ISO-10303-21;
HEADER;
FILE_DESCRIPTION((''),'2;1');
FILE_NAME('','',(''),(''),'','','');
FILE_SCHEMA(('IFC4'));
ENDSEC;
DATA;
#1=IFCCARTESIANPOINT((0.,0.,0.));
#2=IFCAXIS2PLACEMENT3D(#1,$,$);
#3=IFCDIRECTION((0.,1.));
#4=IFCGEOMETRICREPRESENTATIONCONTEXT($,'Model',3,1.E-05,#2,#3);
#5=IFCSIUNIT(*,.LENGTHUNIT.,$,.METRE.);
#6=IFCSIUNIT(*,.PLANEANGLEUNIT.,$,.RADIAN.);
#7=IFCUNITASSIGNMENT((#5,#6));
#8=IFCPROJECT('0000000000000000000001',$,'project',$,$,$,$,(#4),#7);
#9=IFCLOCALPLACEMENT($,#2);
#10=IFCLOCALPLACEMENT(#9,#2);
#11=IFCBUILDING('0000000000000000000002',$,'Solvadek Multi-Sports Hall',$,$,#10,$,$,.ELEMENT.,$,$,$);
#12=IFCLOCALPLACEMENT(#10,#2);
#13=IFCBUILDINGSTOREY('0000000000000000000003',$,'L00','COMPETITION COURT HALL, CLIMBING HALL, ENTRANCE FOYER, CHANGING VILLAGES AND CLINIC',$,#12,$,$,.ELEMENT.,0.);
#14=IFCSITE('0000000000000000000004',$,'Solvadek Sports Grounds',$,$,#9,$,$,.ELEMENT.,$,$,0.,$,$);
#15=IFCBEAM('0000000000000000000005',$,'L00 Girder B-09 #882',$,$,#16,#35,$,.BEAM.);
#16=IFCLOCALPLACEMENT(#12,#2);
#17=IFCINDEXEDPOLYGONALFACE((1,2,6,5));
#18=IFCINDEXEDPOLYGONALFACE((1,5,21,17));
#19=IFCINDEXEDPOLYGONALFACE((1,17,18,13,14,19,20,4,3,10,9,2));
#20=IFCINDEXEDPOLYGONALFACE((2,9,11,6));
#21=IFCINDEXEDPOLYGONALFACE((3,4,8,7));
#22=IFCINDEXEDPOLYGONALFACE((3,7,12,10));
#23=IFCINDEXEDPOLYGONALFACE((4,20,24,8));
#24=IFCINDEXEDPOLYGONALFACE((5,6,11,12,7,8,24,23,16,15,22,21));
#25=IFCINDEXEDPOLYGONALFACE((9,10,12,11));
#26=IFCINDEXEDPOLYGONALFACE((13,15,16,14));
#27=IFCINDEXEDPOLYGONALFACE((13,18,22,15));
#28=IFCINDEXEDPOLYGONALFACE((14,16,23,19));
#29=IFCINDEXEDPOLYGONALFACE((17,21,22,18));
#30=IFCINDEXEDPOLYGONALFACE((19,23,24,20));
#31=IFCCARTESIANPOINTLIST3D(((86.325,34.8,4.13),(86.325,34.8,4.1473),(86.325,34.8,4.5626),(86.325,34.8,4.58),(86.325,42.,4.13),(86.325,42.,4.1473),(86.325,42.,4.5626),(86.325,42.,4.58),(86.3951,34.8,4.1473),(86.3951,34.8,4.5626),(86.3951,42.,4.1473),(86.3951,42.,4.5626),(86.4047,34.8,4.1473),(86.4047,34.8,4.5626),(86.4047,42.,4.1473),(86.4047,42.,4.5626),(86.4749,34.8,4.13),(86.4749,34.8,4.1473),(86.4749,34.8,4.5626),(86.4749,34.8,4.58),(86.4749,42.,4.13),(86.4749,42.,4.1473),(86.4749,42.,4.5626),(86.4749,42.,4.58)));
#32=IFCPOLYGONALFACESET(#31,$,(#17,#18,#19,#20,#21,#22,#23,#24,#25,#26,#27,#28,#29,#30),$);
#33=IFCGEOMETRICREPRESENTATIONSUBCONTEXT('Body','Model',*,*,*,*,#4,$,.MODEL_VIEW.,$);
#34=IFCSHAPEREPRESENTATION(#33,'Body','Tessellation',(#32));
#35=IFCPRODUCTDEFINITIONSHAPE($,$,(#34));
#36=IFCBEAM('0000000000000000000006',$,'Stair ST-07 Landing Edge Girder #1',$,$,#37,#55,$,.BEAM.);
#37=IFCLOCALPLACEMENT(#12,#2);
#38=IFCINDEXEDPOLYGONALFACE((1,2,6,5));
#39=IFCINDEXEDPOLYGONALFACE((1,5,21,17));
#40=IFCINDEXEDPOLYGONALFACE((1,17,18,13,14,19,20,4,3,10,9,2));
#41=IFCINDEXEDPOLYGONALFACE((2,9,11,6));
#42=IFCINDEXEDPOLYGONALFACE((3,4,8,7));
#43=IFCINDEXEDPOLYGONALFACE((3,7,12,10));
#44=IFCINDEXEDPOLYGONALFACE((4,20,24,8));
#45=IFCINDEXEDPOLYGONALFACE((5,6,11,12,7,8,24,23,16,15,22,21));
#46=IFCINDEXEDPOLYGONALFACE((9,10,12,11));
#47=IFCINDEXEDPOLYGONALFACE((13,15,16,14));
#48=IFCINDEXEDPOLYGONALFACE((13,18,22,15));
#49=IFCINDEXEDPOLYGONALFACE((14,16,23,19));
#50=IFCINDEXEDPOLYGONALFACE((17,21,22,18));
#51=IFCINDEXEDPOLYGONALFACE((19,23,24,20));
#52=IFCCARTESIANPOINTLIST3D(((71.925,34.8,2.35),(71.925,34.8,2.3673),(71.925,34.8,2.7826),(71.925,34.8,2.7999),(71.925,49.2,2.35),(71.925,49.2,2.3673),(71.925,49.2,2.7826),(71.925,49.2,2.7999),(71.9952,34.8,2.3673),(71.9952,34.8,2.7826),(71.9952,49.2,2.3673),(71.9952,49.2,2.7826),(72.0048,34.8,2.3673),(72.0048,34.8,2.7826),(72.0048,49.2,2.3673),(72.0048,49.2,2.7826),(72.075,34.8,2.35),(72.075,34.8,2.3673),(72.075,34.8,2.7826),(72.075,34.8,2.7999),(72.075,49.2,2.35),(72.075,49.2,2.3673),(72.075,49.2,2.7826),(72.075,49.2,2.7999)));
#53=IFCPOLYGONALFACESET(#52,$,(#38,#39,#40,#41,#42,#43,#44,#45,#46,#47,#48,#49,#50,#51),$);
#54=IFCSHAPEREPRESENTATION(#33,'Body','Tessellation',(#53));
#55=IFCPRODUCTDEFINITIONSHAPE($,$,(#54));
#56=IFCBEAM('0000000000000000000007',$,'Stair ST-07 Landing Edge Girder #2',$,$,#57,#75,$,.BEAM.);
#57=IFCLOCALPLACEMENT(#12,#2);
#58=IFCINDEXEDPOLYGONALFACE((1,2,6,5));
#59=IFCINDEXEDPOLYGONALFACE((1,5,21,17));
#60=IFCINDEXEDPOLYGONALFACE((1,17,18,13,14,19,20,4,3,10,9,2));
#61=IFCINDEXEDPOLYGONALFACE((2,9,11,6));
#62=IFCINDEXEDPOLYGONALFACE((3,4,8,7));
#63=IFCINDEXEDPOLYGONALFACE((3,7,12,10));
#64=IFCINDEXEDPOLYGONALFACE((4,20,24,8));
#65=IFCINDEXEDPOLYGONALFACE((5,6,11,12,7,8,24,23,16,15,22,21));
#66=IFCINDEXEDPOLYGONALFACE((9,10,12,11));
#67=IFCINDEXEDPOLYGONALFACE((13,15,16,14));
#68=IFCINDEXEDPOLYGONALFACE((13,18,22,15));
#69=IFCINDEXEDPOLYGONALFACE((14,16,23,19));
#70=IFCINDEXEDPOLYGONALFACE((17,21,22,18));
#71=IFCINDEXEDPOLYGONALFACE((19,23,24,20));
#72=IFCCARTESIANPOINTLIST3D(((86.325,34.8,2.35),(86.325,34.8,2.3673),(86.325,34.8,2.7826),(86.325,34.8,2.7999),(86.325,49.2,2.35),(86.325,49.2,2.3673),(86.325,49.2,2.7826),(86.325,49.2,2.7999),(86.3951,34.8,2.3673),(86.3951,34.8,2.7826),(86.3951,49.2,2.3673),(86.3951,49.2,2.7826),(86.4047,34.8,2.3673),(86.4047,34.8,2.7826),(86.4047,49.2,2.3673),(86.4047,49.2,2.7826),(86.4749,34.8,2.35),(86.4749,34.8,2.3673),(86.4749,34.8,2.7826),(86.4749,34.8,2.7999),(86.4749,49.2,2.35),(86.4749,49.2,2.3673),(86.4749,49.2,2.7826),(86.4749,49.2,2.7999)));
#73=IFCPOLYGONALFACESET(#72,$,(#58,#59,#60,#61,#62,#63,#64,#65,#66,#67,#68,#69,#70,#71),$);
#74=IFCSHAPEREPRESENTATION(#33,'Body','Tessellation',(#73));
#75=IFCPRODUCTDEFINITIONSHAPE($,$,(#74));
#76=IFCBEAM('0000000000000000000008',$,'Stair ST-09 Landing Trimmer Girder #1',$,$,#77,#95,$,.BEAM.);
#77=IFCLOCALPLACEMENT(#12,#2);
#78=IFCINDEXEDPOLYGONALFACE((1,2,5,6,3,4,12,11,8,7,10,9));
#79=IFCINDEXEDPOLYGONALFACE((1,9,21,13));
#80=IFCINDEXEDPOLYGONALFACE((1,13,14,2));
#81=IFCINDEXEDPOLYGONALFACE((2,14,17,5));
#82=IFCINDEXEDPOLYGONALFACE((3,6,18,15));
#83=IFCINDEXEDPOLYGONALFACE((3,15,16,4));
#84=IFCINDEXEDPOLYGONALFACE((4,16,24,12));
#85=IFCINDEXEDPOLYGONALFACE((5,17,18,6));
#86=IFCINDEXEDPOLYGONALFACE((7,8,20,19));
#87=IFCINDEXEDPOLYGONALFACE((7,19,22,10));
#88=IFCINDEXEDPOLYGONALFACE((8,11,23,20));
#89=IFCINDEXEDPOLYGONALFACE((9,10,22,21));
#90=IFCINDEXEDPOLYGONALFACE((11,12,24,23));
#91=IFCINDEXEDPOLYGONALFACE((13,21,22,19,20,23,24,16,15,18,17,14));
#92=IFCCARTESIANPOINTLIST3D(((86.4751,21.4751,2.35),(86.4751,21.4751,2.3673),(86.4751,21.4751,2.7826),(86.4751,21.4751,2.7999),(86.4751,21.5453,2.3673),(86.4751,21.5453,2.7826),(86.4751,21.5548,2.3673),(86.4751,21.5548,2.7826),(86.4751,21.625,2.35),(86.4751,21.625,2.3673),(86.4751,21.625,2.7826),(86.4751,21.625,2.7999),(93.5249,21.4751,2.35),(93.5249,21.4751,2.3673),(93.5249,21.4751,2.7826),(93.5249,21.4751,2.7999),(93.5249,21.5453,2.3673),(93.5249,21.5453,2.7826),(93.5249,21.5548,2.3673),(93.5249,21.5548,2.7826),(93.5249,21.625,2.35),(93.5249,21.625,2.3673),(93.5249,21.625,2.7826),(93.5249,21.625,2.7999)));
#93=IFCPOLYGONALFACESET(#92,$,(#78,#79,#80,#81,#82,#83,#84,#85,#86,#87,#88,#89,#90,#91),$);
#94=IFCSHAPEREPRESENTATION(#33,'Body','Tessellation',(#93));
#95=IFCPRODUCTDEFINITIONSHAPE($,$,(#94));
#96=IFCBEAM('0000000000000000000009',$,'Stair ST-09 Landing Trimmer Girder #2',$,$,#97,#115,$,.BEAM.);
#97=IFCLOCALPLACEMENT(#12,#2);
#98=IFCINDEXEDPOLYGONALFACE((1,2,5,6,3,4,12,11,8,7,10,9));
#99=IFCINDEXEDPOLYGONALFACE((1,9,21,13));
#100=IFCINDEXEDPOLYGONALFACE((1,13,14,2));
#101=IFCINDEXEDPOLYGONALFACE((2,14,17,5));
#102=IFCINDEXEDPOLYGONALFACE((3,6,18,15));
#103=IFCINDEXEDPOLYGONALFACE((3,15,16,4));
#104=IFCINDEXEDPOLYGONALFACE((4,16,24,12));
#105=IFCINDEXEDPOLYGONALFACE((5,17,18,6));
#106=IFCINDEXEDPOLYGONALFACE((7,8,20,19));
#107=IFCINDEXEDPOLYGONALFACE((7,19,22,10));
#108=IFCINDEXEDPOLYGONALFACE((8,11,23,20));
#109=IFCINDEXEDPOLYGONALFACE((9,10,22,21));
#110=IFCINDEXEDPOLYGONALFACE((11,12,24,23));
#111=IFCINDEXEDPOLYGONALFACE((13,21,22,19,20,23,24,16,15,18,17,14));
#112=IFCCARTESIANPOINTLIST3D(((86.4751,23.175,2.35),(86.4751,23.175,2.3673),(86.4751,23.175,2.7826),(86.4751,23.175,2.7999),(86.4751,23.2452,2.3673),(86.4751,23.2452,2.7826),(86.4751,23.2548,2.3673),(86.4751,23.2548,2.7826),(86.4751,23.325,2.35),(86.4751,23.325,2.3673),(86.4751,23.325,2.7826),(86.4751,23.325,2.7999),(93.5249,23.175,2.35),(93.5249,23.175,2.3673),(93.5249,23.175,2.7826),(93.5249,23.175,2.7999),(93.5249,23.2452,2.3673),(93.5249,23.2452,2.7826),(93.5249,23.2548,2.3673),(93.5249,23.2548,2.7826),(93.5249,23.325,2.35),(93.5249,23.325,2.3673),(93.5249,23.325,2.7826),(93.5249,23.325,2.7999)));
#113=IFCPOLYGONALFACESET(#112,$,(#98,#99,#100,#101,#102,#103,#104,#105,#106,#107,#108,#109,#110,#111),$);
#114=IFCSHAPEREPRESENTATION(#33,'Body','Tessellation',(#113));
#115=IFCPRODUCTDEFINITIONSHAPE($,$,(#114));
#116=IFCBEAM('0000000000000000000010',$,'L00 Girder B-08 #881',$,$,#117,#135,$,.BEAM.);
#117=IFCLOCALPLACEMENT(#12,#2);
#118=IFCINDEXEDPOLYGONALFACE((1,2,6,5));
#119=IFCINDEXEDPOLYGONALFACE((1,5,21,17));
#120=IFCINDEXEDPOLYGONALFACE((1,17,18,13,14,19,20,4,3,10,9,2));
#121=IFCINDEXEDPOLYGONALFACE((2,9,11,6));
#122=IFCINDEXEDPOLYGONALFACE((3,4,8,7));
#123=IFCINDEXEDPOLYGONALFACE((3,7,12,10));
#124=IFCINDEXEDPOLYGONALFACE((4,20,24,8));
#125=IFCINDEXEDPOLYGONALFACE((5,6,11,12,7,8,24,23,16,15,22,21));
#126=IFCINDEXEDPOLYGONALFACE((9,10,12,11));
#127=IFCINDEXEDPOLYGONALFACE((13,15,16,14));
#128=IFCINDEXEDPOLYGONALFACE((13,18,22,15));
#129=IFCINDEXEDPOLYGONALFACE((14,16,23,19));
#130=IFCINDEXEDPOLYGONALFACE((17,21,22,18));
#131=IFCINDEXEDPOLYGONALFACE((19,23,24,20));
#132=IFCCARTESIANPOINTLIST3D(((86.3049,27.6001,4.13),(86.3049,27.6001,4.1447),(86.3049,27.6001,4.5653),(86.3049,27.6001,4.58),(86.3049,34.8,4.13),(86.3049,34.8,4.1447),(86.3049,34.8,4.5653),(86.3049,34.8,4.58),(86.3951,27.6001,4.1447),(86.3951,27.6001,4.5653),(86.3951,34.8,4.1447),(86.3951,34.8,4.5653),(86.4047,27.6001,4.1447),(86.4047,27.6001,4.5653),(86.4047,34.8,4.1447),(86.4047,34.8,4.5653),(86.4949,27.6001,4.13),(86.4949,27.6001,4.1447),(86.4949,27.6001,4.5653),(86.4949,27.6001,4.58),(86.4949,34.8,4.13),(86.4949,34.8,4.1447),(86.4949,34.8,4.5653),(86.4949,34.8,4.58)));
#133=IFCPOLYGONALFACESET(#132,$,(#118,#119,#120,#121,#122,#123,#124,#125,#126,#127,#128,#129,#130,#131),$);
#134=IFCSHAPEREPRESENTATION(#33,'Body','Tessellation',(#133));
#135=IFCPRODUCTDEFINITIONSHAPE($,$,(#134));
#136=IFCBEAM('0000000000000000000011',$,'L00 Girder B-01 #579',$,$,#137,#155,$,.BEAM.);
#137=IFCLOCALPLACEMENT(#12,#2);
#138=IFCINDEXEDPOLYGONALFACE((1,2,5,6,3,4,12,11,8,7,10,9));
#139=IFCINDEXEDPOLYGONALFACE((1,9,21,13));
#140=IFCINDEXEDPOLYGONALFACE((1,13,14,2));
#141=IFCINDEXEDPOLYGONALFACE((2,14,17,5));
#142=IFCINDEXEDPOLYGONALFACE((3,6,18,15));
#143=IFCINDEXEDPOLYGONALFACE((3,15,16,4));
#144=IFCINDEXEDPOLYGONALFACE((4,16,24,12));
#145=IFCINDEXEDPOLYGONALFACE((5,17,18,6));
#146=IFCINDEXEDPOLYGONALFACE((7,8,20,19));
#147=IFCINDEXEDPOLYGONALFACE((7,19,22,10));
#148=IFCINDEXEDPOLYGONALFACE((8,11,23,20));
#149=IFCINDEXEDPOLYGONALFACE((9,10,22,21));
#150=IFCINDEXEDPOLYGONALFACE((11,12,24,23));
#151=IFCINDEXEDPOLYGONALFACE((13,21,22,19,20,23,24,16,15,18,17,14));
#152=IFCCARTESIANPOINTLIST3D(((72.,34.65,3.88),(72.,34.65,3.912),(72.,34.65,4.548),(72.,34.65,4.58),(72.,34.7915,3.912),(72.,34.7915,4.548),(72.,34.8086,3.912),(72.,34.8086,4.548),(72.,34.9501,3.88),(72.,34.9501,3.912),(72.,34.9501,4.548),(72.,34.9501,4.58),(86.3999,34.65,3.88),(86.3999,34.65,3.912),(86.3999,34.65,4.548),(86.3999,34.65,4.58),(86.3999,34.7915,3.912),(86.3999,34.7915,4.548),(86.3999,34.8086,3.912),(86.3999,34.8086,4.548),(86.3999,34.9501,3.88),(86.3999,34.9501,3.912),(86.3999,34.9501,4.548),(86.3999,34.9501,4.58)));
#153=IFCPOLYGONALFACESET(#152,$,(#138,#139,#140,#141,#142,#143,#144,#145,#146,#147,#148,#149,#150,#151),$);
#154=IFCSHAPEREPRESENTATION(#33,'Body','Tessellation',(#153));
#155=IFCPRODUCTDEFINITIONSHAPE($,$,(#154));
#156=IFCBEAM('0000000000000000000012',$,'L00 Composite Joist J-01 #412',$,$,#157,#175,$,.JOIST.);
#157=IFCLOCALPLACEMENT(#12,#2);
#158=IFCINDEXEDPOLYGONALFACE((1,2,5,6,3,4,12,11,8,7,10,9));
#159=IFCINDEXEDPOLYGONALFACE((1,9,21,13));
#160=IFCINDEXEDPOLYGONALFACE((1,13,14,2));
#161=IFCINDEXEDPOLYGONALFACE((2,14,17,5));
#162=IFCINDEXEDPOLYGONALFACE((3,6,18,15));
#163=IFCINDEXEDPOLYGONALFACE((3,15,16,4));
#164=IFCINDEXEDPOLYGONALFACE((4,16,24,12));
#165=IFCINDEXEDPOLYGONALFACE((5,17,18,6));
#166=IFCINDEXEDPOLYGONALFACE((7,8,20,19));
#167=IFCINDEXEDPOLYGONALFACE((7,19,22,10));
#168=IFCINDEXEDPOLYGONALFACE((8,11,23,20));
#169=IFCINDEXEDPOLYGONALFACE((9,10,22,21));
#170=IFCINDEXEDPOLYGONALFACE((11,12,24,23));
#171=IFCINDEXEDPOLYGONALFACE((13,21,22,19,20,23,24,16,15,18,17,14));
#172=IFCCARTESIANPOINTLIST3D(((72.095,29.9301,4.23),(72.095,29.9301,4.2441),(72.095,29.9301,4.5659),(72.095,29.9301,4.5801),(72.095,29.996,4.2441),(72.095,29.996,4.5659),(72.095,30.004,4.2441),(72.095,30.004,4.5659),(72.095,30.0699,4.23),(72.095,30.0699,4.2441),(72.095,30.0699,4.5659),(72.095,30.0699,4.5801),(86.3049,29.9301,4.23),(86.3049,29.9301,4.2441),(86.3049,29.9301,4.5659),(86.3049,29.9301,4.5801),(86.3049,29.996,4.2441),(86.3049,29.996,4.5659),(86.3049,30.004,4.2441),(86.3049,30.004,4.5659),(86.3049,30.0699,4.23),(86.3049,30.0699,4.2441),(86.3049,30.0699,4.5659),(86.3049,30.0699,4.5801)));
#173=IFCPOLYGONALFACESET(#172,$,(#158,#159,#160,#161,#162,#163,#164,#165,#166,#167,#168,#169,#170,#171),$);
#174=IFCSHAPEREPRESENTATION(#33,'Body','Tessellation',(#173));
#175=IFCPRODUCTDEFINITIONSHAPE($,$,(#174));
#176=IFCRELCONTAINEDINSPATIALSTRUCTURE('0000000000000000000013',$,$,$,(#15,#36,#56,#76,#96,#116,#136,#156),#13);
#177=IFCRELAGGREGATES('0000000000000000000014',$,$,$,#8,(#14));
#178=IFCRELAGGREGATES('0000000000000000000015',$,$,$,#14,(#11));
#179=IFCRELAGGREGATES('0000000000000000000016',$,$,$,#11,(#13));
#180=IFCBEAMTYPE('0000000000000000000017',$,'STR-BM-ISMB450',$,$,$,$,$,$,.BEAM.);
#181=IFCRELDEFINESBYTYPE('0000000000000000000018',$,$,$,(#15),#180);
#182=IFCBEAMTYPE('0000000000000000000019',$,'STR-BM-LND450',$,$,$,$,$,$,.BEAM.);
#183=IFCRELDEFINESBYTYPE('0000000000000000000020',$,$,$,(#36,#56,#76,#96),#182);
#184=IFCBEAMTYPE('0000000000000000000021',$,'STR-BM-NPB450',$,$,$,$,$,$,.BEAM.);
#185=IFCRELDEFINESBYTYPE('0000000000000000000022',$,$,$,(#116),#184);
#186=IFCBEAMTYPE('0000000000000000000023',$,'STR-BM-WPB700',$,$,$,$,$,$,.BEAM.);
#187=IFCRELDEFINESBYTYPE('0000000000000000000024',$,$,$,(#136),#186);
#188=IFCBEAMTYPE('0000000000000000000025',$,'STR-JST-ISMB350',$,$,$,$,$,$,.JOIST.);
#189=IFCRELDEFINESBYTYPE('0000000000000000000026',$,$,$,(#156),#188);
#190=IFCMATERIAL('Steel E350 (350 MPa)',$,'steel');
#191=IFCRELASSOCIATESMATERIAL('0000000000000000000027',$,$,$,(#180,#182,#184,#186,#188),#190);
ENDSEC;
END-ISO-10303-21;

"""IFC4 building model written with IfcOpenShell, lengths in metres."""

from ifc_helpers import new_model, si_unit, direction, frame, origin, origin_2d, place, context, subcontext, project, spatial, i_section, extrude, material, material_profile, profile_set, type_object, element, save


model = new_model("IFC4")

# Units and contexts
model_context = context("Model", 3, precision=1e-05, world=origin(), true_north=direction((0.0, 1.0)))
body_context = subcontext(model_context, "Body", "Model", "MODEL_VIEW")
ifc_project = project(units=[si_unit("LENGTHUNIT", "METRE"), si_unit("PLANEANGLEUNIT", "RADIAN")], contexts=[model_context])

# Site, building, storey
site_placement = place(None, origin())
site = spatial("IfcSite", under=ifc_project, at=site_placement, Name="Solvadek Sports Grounds", CompositionType="ELEMENT", RefElevation=0.0)
building_placement = place(site_placement, origin())
building = spatial("IfcBuilding", under=site, at=building_placement, Name="Solvadek Multi-Sports Hall", CompositionType="ELEMENT")
storey_placement = place(building_placement, origin())
storey = spatial("IfcBuildingStorey", under=building, at=storey_placement, Name="L00", Description="COMPETITION COURT HALL, CLIMBING HALL, ENTRANCE FOYER, CHANGING VILLAGES AND CLINIC", CompositionType="ELEMENT", Elevation=0.0)

# Shared definitions
ifc_material_1 = material(Name="Steel E350 (350 MPa)", Category="steel")

# Beams
ifc_material_profile_1 = material_profile(ifc_material_1, i_section(OverallWidth=0.1499, OverallDepth=0.45, WebThickness=0.0095, FlangeThickness=0.0173, at=origin_2d()), Name="ISMB 450")
ifc_profile_set_1 = profile_set([ifc_material_profile_1], Name="Steel E350 (350 MPa)")
beam_type_1 = type_object("IfcBeamType", Name="STR-BM-ISMB450", PredefinedType="BEAM", material=ifc_profile_set_1)
beam_1_placement = place(storey_placement, frame((86.3999, 34.8, 4.355), z_axis=(0.0, 1.0, 0.0), x_axis=(-1.0, 0.0, 0.0)))
element("IfcBeam", 1, at=beam_1_placement, inside=storey, type_object=beam_type_1, Name="L00 Girder B-09 #882", PredefinedType="BEAM", context=body_context, shape_type="SweptSolid", body=[
    extrude(i_section(OverallWidth=0.1499, OverallDepth=0.45, WebThickness=0.0095, FlangeThickness=0.0173, at=origin_2d()), origin(), (0.0, 0.0, 1.0), 7.2),
])
ifc_material_profile_2 = material_profile(ifc_material_1, i_section(OverallWidth=0.1499, OverallDepth=0.45, WebThickness=0.0095, FlangeThickness=0.0173, at=origin_2d()), Name="ISMB 450")
ifc_profile_set_2 = profile_set([ifc_material_profile_2], Name="Steel E350 (350 MPa)")
beam_type_2 = type_object("IfcBeamType", Name="STR-BM-LND450", PredefinedType="BEAM", material=ifc_profile_set_2)
for number, where, z_axis, x_axis, name in (
    (2, (72.0, 34.8, 2.575), (0.0, 1.0, 0.0), (-1.0, 0.0, 0.0), "Stair ST-07 Landing Edge Girder #1"),
    (3, (86.3999, 34.8, 2.575), (0.0, 1.0, 0.0), (-1.0, 0.0, 0.0), "Stair ST-07 Landing Edge Girder #2"),
):
    element("IfcBeam", number, at=place(storey_placement, frame(where, z_axis=z_axis, x_axis=x_axis)), inside=storey, type_object=beam_type_2, Name=name, PredefinedType="BEAM", context=body_context, shape_type="SweptSolid", body=[
        extrude(i_section(OverallWidth=0.1499, OverallDepth=0.45, WebThickness=0.0095, FlangeThickness=0.0173, at=origin_2d()), origin(), (0.0, 0.0, 1.0), 14.3999),
    ])
for number, where, z_axis, x_axis, name in (
    (4, (86.4751, 21.55, 2.575), (1.0, 0.0, 0.0), (0.0, 1.0, 0.0), "Stair ST-09 Landing Trimmer Girder #1"),
    (5, (86.4751, 23.25, 2.575), (1.0, 0.0, 0.0), (0.0, 1.0, 0.0), "Stair ST-09 Landing Trimmer Girder #2"),
):
    element("IfcBeam", number, at=place(storey_placement, frame(where, z_axis=z_axis, x_axis=x_axis)), inside=storey, type_object=beam_type_2, Name=name, PredefinedType="BEAM", context=body_context, shape_type="SweptSolid", body=[
        extrude(i_section(OverallWidth=0.1499, OverallDepth=0.45, WebThickness=0.0095, FlangeThickness=0.0173, at=origin_2d()), origin(), (0.0, 0.0, 1.0), 7.0498),
    ])
ifc_material_profile_3 = material_profile(ifc_material_1, i_section(OverallWidth=0.1899, OverallDepth=0.45, WebThickness=0.0095, FlangeThickness=0.0146, at=origin_2d()), Name="NPB 450")
ifc_profile_set_3 = profile_set([ifc_material_profile_3], Name="Steel E350 (350 MPa)")
beam_type_3 = type_object("IfcBeamType", Name="STR-BM-NPB450", PredefinedType="BEAM", material=ifc_profile_set_3)
beam_2_placement = place(storey_placement, frame((86.3999, 27.6001, 4.355), z_axis=(0.0, 1.0, 0.0), x_axis=(-1.0, 0.0, 0.0)))
element("IfcBeam", 6, at=beam_2_placement, inside=storey, type_object=beam_type_3, Name="L00 Girder B-08 #881", PredefinedType="BEAM", context=body_context, shape_type="SweptSolid", body=[
    extrude(i_section(OverallWidth=0.1899, OverallDepth=0.45, WebThickness=0.0095, FlangeThickness=0.0146, at=origin_2d()), origin(), (0.0, 0.0, 1.0), 7.2),
])
ifc_material_profile_4 = material_profile(ifc_material_1, i_section(OverallWidth=0.3, OverallDepth=0.7, WebThickness=0.0171, FlangeThickness=0.032, at=origin_2d()), Name="WPB 700")
ifc_profile_set_4 = profile_set([ifc_material_profile_4], Name="Steel E350 (350 MPa)")
beam_type_4 = type_object("IfcBeamType", Name="STR-BM-WPB700", PredefinedType="BEAM", material=ifc_profile_set_4)
beam_3_placement = place(storey_placement, frame((72.0, 34.8, 4.23), z_axis=(1.0, 0.0, 0.0), x_axis=(0.0, 1.0, 0.0)))
element("IfcBeam", 7, at=beam_3_placement, inside=storey, type_object=beam_type_4, Name="L00 Girder B-01 #579", PredefinedType="BEAM", context=body_context, shape_type="SweptSolid", body=[
    extrude(i_section(OverallWidth=0.3, OverallDepth=0.7, WebThickness=0.0171, FlangeThickness=0.032, at=origin_2d()), origin(), (0.0, 0.0, 1.0), 14.3999),
])
ifc_material_profile_5 = material_profile(ifc_material_1, i_section(OverallWidth=0.1399, OverallDepth=0.3501, WebThickness=0.0081, FlangeThickness=0.0142, at=origin_2d()), Name="ISMB 350")
ifc_profile_set_5 = profile_set([ifc_material_profile_5], Name="Steel E350 (350 MPa)")
beam_type_5 = type_object("IfcBeamType", Name="STR-JST-ISMB350", PredefinedType="JOIST", material=ifc_profile_set_5)
beam_4_placement = place(storey_placement, frame((72.095, 30.0, 4.405), z_axis=(1.0, 0.0, 0.0), x_axis=(0.0, 1.0, 0.0)))
element("IfcBeam", 8, at=beam_4_placement, inside=storey, type_object=beam_type_5, Name="L00 Composite Joist J-01 #412", PredefinedType="JOIST", context=body_context, shape_type="SweptSolid", body=[
    extrude(i_section(OverallWidth=0.1399, OverallDepth=0.3501, WebThickness=0.0081, FlangeThickness=0.0142, at=origin_2d()), origin(), (0.0, 0.0, 1.0), 14.21),
])

save(model, "model.ifc")
